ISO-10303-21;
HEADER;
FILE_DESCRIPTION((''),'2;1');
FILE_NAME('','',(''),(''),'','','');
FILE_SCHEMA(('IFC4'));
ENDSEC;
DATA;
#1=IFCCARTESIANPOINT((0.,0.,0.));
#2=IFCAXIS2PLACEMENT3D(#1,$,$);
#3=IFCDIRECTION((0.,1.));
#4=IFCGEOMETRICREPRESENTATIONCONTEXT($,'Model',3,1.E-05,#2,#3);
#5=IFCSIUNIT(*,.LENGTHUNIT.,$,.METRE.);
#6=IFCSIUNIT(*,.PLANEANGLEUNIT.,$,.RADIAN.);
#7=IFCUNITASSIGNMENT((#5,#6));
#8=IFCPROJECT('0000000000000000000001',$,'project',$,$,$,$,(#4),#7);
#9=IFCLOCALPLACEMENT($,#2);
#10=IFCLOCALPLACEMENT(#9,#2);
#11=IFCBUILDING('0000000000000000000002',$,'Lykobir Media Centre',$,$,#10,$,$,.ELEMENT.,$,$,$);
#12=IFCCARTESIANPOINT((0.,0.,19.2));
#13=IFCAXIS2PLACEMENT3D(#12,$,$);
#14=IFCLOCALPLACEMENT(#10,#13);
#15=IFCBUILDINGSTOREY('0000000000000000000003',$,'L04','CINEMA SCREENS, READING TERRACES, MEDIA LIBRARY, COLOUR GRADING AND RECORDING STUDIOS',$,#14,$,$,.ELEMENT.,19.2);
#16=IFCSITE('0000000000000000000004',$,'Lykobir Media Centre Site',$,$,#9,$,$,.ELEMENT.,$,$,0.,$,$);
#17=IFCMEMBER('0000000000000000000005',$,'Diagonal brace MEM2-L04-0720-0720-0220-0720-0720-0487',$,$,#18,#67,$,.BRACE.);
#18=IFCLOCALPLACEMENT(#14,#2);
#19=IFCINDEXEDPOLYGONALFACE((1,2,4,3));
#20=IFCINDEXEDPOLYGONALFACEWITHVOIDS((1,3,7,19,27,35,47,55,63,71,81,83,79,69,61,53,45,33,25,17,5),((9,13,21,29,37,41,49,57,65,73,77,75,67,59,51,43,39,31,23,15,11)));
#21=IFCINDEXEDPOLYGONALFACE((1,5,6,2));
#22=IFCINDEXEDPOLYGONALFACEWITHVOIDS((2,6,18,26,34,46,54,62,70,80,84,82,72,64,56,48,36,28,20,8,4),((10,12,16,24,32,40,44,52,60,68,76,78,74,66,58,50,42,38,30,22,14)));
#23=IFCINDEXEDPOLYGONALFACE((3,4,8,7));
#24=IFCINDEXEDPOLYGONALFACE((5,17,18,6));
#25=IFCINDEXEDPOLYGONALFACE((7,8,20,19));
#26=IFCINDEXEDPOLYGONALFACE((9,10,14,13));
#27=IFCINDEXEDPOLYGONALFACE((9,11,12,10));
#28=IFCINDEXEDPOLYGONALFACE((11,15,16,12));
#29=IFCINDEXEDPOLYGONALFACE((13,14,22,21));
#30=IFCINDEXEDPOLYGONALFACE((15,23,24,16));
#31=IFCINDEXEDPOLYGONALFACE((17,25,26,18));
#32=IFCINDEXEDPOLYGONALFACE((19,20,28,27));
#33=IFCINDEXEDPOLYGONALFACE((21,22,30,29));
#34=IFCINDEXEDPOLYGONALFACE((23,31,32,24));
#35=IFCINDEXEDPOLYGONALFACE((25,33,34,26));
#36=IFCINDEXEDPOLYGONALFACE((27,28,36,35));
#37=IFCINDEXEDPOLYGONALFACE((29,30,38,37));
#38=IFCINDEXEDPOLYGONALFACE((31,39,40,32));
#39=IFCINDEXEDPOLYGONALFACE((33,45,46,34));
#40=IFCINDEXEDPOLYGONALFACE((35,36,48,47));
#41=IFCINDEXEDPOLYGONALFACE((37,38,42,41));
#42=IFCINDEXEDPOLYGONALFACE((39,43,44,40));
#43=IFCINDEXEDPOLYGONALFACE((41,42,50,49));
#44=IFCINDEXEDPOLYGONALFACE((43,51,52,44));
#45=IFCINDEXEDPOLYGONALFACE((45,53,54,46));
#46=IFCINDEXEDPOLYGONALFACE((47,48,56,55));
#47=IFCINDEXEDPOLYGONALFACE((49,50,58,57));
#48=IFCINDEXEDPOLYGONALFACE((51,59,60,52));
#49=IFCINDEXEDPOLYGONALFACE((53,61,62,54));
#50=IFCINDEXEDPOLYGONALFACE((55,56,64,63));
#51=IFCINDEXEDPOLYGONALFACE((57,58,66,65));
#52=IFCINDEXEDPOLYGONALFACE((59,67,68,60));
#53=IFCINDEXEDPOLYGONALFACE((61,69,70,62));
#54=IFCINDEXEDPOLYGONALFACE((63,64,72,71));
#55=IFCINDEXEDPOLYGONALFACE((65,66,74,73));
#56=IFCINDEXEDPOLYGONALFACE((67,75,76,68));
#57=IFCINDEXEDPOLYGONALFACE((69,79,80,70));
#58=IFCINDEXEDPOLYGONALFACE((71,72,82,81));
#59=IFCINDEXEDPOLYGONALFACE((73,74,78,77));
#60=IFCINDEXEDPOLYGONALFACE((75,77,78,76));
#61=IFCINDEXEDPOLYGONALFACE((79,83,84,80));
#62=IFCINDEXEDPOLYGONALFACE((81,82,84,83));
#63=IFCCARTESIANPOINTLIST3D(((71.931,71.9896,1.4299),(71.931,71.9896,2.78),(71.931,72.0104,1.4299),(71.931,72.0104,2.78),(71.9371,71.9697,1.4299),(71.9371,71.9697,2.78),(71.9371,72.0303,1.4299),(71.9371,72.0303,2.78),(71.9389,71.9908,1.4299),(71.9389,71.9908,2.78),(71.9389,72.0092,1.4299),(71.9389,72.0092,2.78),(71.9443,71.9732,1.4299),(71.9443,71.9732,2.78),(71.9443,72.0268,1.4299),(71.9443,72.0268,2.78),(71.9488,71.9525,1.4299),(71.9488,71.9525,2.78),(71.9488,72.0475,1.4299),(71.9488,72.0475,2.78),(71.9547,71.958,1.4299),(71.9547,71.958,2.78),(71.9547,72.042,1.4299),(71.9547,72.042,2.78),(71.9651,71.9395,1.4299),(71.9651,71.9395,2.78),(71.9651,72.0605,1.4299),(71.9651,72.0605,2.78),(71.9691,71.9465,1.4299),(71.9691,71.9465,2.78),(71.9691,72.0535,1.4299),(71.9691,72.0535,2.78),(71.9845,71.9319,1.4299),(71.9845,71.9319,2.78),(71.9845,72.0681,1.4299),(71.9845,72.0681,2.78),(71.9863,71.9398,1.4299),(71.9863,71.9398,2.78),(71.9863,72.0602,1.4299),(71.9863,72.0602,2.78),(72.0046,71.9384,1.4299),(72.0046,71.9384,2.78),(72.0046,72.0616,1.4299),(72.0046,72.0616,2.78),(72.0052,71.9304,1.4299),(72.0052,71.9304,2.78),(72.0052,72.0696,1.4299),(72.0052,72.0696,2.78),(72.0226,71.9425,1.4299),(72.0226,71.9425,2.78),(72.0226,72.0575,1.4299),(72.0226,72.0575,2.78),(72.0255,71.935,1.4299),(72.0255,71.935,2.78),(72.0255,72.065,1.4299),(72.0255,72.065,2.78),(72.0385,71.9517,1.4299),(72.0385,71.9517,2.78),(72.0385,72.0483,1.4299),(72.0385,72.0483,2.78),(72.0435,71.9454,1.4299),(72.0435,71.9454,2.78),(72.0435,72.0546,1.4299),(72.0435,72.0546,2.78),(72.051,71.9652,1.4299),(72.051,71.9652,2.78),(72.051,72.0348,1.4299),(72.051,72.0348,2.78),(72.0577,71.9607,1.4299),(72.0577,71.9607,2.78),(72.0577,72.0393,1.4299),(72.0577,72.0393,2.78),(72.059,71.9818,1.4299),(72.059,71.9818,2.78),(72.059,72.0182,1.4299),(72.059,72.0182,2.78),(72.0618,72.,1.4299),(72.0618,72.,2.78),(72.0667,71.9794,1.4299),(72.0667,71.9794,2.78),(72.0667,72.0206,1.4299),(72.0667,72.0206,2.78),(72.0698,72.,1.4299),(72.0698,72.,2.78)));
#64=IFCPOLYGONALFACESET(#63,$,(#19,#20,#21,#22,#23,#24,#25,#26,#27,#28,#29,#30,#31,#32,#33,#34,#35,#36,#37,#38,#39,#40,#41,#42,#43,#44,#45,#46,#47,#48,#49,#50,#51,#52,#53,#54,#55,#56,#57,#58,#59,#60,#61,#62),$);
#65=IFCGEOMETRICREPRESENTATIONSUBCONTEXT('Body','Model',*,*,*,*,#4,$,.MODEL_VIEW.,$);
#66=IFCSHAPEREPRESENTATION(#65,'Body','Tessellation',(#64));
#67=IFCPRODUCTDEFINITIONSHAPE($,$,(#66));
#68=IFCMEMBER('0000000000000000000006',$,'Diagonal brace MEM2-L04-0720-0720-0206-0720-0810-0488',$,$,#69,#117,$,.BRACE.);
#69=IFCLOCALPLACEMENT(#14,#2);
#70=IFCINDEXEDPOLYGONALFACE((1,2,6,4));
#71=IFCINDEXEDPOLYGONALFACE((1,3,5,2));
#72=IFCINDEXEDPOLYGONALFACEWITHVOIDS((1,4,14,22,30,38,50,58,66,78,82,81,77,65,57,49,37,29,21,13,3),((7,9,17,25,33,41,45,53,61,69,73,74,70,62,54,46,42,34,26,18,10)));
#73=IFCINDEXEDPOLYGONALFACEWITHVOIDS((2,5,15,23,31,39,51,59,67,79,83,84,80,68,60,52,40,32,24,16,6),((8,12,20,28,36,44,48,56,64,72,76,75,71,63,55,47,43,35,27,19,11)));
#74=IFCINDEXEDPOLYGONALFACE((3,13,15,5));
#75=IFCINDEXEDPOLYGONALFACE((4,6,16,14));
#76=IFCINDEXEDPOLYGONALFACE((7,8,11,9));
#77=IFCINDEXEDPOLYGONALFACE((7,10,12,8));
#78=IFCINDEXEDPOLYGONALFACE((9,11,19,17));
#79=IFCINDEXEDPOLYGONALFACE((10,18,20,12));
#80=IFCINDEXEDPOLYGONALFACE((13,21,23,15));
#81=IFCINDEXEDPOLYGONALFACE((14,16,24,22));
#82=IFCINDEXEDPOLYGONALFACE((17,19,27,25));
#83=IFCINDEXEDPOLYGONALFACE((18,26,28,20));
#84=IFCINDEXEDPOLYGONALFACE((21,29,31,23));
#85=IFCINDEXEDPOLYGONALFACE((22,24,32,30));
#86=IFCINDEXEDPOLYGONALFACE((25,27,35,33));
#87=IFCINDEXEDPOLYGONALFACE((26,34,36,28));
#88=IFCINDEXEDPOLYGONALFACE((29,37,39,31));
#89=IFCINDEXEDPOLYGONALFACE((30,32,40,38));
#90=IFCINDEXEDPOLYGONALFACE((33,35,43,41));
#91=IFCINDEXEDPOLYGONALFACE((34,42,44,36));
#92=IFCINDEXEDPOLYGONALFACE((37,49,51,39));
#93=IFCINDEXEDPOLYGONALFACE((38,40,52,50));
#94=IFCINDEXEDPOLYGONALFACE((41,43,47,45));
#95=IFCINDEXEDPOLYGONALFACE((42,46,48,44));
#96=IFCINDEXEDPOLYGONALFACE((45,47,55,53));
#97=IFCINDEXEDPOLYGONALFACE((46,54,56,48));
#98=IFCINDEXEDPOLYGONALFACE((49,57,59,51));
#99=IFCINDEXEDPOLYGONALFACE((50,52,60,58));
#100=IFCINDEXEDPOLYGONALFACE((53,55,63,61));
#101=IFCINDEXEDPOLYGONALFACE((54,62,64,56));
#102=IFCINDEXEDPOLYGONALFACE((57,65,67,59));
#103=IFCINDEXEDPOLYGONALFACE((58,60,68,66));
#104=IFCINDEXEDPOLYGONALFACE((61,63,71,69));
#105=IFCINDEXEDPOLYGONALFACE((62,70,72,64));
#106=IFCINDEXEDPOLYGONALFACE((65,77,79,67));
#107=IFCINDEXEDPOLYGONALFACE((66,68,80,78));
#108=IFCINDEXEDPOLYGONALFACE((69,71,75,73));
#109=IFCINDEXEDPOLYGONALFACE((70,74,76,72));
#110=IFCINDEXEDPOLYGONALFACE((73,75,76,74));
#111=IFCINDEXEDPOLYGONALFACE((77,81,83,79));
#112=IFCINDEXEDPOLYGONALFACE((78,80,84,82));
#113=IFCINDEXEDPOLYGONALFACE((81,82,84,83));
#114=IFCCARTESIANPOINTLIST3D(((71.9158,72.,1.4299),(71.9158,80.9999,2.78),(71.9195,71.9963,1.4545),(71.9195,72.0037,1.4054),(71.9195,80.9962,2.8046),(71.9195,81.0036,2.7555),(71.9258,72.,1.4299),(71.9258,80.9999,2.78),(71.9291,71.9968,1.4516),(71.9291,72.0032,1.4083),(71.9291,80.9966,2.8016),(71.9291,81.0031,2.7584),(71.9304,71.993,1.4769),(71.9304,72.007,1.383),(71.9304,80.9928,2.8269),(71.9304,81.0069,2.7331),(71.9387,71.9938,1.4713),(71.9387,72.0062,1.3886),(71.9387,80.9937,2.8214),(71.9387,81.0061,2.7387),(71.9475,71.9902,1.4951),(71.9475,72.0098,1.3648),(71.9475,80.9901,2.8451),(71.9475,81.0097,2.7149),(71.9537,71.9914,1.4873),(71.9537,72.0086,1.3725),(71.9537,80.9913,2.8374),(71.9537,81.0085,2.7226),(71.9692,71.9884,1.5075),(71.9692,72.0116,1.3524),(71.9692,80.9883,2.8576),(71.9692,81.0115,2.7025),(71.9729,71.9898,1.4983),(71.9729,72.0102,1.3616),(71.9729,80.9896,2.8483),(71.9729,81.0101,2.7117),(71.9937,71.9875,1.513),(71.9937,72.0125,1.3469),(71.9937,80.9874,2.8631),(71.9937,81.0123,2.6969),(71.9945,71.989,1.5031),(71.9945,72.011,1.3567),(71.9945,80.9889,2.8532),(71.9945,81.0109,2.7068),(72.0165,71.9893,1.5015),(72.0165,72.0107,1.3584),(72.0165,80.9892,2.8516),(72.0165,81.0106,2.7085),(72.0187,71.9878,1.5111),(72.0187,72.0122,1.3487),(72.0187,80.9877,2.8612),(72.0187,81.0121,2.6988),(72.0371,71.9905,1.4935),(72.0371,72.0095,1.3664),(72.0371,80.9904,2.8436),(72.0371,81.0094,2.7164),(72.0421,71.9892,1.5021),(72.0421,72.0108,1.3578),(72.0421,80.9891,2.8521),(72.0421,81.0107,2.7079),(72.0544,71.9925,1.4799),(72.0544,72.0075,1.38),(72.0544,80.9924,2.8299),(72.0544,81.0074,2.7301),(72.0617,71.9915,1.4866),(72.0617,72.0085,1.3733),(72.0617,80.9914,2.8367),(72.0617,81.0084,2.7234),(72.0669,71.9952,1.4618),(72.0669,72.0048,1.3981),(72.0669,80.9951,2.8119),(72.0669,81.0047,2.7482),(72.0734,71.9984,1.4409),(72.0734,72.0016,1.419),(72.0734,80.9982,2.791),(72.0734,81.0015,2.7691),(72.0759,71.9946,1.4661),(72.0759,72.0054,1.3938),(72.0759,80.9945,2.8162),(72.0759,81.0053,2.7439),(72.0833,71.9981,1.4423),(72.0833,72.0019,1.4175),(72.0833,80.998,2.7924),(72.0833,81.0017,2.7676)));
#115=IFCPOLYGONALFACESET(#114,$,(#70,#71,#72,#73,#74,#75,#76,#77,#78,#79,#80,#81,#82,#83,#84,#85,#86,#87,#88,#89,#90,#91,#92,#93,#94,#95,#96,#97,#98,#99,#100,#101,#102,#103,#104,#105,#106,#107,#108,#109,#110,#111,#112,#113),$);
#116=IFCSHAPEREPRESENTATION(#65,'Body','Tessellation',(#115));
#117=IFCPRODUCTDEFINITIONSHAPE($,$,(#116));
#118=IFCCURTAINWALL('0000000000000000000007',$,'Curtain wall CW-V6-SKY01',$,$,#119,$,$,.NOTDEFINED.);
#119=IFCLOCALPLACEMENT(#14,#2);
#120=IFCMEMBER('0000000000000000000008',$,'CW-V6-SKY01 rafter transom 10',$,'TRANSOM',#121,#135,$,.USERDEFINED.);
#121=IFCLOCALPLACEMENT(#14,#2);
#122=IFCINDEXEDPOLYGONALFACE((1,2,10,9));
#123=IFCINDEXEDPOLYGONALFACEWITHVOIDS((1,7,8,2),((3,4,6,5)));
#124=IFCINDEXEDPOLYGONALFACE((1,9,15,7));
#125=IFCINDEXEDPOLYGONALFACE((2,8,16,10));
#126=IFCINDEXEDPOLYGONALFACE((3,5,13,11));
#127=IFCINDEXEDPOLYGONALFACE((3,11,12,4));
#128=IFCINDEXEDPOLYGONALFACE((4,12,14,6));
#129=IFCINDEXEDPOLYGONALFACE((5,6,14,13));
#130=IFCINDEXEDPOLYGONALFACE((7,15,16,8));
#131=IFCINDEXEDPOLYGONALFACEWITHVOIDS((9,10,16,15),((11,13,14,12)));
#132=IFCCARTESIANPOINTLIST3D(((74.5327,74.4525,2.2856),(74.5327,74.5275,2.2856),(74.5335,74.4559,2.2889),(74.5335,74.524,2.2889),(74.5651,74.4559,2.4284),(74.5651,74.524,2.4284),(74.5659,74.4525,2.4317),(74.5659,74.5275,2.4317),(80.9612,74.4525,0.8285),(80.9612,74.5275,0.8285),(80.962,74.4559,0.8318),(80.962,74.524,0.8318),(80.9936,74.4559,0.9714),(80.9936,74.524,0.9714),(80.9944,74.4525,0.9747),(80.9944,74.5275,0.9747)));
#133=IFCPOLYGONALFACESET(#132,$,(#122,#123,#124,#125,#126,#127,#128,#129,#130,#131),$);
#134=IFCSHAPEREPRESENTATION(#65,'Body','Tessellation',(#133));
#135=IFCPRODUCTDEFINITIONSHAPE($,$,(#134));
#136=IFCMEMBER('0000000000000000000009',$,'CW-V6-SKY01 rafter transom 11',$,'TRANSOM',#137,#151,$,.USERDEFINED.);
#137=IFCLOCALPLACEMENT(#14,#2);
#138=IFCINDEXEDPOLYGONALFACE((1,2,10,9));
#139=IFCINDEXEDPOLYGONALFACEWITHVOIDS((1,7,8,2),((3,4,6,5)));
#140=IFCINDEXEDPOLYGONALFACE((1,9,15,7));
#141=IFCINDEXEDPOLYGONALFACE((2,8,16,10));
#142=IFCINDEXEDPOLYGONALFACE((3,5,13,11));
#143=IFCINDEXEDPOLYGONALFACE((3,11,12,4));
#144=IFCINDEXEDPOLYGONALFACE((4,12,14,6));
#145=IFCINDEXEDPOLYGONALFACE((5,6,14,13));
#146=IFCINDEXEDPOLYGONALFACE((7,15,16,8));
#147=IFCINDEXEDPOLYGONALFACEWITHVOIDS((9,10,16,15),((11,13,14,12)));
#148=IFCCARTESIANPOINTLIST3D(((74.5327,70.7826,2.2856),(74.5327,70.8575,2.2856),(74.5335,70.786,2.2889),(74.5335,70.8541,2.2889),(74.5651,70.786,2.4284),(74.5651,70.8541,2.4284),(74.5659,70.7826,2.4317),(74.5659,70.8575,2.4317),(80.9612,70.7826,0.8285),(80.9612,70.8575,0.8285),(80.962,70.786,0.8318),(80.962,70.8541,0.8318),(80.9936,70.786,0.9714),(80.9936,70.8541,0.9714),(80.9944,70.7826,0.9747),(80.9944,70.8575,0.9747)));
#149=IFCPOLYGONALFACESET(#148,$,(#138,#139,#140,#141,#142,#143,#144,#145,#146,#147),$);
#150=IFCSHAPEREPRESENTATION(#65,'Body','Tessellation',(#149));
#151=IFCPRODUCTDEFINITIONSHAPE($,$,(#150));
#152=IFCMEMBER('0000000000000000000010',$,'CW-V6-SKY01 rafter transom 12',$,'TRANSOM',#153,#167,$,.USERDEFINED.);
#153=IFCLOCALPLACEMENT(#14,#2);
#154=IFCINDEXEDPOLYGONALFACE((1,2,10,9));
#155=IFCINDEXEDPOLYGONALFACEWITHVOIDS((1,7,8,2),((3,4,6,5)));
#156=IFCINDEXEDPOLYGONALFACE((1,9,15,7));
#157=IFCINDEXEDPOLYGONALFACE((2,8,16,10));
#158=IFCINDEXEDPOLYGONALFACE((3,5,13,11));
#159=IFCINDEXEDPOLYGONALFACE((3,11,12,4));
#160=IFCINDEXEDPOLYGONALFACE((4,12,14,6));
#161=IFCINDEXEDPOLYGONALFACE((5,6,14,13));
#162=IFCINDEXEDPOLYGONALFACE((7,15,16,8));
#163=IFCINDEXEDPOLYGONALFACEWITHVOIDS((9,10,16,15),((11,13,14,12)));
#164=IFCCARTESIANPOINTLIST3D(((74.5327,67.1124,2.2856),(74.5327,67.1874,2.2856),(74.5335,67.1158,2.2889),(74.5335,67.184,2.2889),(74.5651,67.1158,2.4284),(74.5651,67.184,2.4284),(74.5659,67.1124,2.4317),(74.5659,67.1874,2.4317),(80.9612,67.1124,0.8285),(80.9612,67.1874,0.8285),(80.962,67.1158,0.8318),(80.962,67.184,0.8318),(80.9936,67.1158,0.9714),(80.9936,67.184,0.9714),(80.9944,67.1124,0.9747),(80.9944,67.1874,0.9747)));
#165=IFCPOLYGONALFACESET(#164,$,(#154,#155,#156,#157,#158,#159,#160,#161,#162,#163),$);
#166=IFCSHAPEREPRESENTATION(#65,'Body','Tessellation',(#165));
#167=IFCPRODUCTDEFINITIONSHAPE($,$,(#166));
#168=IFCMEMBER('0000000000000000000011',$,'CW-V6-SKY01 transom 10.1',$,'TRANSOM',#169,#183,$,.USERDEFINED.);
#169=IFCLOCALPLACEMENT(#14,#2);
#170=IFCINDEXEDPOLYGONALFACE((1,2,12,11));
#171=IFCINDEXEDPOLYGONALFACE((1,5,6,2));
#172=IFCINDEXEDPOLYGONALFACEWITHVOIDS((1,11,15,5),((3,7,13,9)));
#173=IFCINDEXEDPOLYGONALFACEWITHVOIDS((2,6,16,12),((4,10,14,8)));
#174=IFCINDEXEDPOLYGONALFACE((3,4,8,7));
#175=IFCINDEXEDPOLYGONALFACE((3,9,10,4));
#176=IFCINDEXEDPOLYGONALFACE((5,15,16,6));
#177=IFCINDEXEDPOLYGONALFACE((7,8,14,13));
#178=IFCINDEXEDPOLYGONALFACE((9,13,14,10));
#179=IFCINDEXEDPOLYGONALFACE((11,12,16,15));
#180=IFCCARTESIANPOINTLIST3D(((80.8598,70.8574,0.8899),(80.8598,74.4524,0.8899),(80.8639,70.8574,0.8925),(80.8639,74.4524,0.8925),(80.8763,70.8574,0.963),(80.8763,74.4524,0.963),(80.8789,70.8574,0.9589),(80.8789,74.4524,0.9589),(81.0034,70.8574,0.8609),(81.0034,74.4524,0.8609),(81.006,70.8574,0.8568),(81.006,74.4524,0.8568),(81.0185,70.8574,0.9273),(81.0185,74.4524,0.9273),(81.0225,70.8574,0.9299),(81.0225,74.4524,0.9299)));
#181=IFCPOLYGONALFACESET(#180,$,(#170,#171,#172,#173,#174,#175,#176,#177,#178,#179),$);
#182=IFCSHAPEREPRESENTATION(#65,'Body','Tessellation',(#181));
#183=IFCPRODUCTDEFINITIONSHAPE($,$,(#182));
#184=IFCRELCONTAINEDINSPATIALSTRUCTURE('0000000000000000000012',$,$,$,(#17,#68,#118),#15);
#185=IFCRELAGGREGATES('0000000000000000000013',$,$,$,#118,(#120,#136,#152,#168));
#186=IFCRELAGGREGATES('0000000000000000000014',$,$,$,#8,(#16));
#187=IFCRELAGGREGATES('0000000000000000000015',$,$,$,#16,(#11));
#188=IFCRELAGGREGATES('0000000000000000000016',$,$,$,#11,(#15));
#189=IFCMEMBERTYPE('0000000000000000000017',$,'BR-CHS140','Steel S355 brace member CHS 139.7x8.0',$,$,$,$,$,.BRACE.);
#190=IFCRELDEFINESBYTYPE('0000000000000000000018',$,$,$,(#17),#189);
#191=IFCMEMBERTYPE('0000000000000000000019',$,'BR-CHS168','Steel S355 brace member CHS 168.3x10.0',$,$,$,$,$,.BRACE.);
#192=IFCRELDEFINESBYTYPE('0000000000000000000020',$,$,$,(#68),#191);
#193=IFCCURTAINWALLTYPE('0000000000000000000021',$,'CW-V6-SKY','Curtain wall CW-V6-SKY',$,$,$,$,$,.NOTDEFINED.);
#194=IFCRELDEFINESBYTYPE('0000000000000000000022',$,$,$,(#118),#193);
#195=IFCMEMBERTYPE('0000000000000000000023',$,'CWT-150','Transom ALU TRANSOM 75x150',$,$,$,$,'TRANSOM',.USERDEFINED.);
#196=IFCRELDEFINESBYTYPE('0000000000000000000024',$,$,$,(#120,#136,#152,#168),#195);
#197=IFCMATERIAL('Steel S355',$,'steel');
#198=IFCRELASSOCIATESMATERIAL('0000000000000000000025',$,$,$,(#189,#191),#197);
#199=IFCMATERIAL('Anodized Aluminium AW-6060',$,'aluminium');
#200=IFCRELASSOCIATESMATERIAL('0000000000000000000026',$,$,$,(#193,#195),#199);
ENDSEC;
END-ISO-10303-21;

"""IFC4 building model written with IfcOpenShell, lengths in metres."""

from ifc_helpers import new_model, si_unit, direction, frame, origin, origin_2d, place, context, subcontext, project, spatial, hollow_rectangle, hollow_circle, extrude, material, material_profile, profile_set, type_object, element, aggregate, save


model = new_model("IFC4")

# Units and contexts
model_context = context("Model", 3, precision=1e-05, world=origin(), true_north=direction((0.0, 1.0)))
body_context = subcontext(model_context, "Body", "Model", "MODEL_VIEW")
ifc_project = project(units=[si_unit("LENGTHUNIT", "METRE"), si_unit("PLANEANGLEUNIT", "RADIAN")], contexts=[model_context])

# Site, building, storey
site_placement = place(None, origin())
site = spatial("IfcSite", under=ifc_project, at=site_placement, Name="Lykobir Media Centre Site", CompositionType="ELEMENT", RefElevation=0.0)
building_placement = place(site_placement, origin())
building = spatial("IfcBuilding", under=site, at=building_placement, Name="Lykobir Media Centre", CompositionType="ELEMENT")
storey_placement = place(building_placement, frame((0.0, 0.0, 19.2)))
storey = spatial("IfcBuildingStorey", under=building, at=storey_placement, Name="L04", Description="CINEMA SCREENS, READING TERRACES, MEDIA LIBRARY, COLOUR GRADING AND RECORDING STUDIOS", CompositionType="ELEMENT", Elevation=19.2)

# Members
ifc_material_1 = material(Name="Steel S355", Category="steel")
ifc_material_profile_1 = material_profile(ifc_material_1, hollow_circle(Radius=0.0698, WallThickness=0.0081, at=origin_2d()), Name="CHS 139.7x8.0")
ifc_profile_set_1 = profile_set([ifc_material_profile_1], Name="Steel S355")
member_type_1 = type_object("IfcMemberType", Name="BR-CHS140", Description="Steel S355 brace member CHS 139.7x8.0", PredefinedType="BRACE", material=ifc_profile_set_1)
member_1_placement = place(storey_placement, frame((72.0, 72.0, 2.78), z_axis=(0.0, 0.0, -1.0), x_axis=(1.0, 0.0, 0.0)))
element("IfcMember", 1, at=member_1_placement, inside=storey, type_object=member_type_1, Name="Diagonal brace MEM2-L04-0720-0720-0220-0720-0720-0487", PredefinedType="BRACE", context=body_context, shape_type="SweptSolid", body=[
    extrude(hollow_circle(Radius=0.0698, WallThickness=0.0081, at=origin_2d()), origin(), (0.0, 0.0, 1.0), 1.3501),
])
ifc_material_profile_2 = material_profile(ifc_material_1, hollow_circle(Radius=0.0842, WallThickness=0.01, at=origin_2d()), Name="CHS 168.3x10.0")
ifc_profile_set_2 = profile_set([ifc_material_profile_2], Name="Steel S355")
member_type_2 = type_object("IfcMemberType", Name="BR-CHS168", Description="Steel S355 brace member CHS 168.3x10.0", PredefinedType="BRACE", material=ifc_profile_set_2)
member_2_placement = place(storey_placement, frame((72.0, 72.0, 1.4299), z_axis=(0.0, 0.988935, 0.148351), x_axis=(-1.0, 0.0, 0.0)))
element("IfcMember", 2, at=member_2_placement, inside=storey, type_object=member_type_2, Name="Diagonal brace MEM2-L04-0720-0720-0206-0720-0810-0488", PredefinedType="BRACE", context=body_context, shape_type="SweptSolid", body=[
    extrude(hollow_circle(Radius=0.0842, WallThickness=0.01, at=origin_2d()), origin(), (0.0, 0.0, 1.0), 9.1006),
])

# Curtain wall, members
ifc_material_2 = material(Name="Anodized Aluminium AW-6060", Category="aluminium")
curtain_wall_type = type_object("IfcCurtainWallType", Name="CW-V6-SKY", Description="Curtain wall CW-V6-SKY", PredefinedType="NOTDEFINED", material=ifc_material_2)
curtain_wall_1_placement = place(storey_placement, origin())
curtain_wall_1 = element("IfcCurtainWall", 3, at=curtain_wall_1_placement, inside=storey, type_object=curtain_wall_type, Name="Curtain wall CW-V6-SKY01", PredefinedType="NOTDEFINED")
ifc_material_profile_3 = material_profile(ifc_material_2, hollow_rectangle(XDim=0.075, YDim=0.1499, WallThickness=0.0034, at=origin_2d()), Name="ALU TRANSOM 75x150")
ifc_profile_set_3 = profile_set([ifc_material_profile_3], Name="Anodized Aluminium AW-6060")
member_type_3 = type_object("IfcMemberType", Name="CWT-150", Description="Transom ALU TRANSOM 75x150", ElementType="TRANSOM", PredefinedType="USERDEFINED", material=ifc_profile_set_3)
member_3_placement = place(storey_placement, frame((80.9778, 74.49, 0.9016), z_axis=(-0.975263, 0.0, 0.221046), x_axis=(0.0, -1.0, 0.0)))
member_3 = element("IfcMember", 4, at=member_3_placement, type_object=member_type_3, Name="CW-V6-SKY01 rafter transom 10", ObjectType="TRANSOM", PredefinedType="USERDEFINED", context=body_context, shape_type="SweptSolid", body=[
    extrude(hollow_rectangle(XDim=0.075, YDim=0.1499, WallThickness=0.0034, at=origin_2d()), origin(), (0.0, 0.0, 1.0), 6.5916),
])
member_4_placement = place(storey_placement, frame((80.9778, 70.8201, 0.9016), z_axis=(-0.975263, 0.0, 0.221046), x_axis=(0.0, -1.0, 0.0)))
member_4 = element("IfcMember", 5, at=member_4_placement, type_object=member_type_3, Name="CW-V6-SKY01 rafter transom 11", ObjectType="TRANSOM", PredefinedType="USERDEFINED", context=body_context, shape_type="SweptSolid", body=[
    extrude(hollow_rectangle(XDim=0.075, YDim=0.1499, WallThickness=0.0034, at=origin_2d()), origin(), (0.0, 0.0, 1.0), 6.5916),
])
member_5_placement = place(storey_placement, frame((80.9778, 67.1499, 0.9016), z_axis=(-0.975263, 0.0, 0.221046), x_axis=(0.0, -1.0, 0.0)))
member_5 = element("IfcMember", 6, at=member_5_placement, type_object=member_type_3, Name="CW-V6-SKY01 rafter transom 12", ObjectType="TRANSOM", PredefinedType="USERDEFINED", context=body_context, shape_type="SweptSolid", body=[
    extrude(hollow_rectangle(XDim=0.075, YDim=0.1499, WallThickness=0.0034, at=origin_2d()), origin(), (0.0, 0.0, 1.0), 6.5916),
])
member_6_placement = place(storey_placement, frame((80.9412, 74.4524, 0.9099), z_axis=(0.0, -1.0, 0.0), x_axis=(0.221055, 0.0, 0.975261)))
member_6 = element("IfcMember", 7, at=member_6_placement, type_object=member_type_3, Name="CW-V6-SKY01 transom 10.1", ObjectType="TRANSOM", PredefinedType="USERDEFINED", context=body_context, shape_type="SweptSolid", body=[
    extrude(hollow_rectangle(XDim=0.075, YDim=0.1499, WallThickness=0.0034, at=origin_2d()), origin(), (0.0, 0.0, 1.0), 3.595),
])

aggregate(curtain_wall_1, [member_3, member_4, member_5, member_6])

save(model, "model.ifc")
